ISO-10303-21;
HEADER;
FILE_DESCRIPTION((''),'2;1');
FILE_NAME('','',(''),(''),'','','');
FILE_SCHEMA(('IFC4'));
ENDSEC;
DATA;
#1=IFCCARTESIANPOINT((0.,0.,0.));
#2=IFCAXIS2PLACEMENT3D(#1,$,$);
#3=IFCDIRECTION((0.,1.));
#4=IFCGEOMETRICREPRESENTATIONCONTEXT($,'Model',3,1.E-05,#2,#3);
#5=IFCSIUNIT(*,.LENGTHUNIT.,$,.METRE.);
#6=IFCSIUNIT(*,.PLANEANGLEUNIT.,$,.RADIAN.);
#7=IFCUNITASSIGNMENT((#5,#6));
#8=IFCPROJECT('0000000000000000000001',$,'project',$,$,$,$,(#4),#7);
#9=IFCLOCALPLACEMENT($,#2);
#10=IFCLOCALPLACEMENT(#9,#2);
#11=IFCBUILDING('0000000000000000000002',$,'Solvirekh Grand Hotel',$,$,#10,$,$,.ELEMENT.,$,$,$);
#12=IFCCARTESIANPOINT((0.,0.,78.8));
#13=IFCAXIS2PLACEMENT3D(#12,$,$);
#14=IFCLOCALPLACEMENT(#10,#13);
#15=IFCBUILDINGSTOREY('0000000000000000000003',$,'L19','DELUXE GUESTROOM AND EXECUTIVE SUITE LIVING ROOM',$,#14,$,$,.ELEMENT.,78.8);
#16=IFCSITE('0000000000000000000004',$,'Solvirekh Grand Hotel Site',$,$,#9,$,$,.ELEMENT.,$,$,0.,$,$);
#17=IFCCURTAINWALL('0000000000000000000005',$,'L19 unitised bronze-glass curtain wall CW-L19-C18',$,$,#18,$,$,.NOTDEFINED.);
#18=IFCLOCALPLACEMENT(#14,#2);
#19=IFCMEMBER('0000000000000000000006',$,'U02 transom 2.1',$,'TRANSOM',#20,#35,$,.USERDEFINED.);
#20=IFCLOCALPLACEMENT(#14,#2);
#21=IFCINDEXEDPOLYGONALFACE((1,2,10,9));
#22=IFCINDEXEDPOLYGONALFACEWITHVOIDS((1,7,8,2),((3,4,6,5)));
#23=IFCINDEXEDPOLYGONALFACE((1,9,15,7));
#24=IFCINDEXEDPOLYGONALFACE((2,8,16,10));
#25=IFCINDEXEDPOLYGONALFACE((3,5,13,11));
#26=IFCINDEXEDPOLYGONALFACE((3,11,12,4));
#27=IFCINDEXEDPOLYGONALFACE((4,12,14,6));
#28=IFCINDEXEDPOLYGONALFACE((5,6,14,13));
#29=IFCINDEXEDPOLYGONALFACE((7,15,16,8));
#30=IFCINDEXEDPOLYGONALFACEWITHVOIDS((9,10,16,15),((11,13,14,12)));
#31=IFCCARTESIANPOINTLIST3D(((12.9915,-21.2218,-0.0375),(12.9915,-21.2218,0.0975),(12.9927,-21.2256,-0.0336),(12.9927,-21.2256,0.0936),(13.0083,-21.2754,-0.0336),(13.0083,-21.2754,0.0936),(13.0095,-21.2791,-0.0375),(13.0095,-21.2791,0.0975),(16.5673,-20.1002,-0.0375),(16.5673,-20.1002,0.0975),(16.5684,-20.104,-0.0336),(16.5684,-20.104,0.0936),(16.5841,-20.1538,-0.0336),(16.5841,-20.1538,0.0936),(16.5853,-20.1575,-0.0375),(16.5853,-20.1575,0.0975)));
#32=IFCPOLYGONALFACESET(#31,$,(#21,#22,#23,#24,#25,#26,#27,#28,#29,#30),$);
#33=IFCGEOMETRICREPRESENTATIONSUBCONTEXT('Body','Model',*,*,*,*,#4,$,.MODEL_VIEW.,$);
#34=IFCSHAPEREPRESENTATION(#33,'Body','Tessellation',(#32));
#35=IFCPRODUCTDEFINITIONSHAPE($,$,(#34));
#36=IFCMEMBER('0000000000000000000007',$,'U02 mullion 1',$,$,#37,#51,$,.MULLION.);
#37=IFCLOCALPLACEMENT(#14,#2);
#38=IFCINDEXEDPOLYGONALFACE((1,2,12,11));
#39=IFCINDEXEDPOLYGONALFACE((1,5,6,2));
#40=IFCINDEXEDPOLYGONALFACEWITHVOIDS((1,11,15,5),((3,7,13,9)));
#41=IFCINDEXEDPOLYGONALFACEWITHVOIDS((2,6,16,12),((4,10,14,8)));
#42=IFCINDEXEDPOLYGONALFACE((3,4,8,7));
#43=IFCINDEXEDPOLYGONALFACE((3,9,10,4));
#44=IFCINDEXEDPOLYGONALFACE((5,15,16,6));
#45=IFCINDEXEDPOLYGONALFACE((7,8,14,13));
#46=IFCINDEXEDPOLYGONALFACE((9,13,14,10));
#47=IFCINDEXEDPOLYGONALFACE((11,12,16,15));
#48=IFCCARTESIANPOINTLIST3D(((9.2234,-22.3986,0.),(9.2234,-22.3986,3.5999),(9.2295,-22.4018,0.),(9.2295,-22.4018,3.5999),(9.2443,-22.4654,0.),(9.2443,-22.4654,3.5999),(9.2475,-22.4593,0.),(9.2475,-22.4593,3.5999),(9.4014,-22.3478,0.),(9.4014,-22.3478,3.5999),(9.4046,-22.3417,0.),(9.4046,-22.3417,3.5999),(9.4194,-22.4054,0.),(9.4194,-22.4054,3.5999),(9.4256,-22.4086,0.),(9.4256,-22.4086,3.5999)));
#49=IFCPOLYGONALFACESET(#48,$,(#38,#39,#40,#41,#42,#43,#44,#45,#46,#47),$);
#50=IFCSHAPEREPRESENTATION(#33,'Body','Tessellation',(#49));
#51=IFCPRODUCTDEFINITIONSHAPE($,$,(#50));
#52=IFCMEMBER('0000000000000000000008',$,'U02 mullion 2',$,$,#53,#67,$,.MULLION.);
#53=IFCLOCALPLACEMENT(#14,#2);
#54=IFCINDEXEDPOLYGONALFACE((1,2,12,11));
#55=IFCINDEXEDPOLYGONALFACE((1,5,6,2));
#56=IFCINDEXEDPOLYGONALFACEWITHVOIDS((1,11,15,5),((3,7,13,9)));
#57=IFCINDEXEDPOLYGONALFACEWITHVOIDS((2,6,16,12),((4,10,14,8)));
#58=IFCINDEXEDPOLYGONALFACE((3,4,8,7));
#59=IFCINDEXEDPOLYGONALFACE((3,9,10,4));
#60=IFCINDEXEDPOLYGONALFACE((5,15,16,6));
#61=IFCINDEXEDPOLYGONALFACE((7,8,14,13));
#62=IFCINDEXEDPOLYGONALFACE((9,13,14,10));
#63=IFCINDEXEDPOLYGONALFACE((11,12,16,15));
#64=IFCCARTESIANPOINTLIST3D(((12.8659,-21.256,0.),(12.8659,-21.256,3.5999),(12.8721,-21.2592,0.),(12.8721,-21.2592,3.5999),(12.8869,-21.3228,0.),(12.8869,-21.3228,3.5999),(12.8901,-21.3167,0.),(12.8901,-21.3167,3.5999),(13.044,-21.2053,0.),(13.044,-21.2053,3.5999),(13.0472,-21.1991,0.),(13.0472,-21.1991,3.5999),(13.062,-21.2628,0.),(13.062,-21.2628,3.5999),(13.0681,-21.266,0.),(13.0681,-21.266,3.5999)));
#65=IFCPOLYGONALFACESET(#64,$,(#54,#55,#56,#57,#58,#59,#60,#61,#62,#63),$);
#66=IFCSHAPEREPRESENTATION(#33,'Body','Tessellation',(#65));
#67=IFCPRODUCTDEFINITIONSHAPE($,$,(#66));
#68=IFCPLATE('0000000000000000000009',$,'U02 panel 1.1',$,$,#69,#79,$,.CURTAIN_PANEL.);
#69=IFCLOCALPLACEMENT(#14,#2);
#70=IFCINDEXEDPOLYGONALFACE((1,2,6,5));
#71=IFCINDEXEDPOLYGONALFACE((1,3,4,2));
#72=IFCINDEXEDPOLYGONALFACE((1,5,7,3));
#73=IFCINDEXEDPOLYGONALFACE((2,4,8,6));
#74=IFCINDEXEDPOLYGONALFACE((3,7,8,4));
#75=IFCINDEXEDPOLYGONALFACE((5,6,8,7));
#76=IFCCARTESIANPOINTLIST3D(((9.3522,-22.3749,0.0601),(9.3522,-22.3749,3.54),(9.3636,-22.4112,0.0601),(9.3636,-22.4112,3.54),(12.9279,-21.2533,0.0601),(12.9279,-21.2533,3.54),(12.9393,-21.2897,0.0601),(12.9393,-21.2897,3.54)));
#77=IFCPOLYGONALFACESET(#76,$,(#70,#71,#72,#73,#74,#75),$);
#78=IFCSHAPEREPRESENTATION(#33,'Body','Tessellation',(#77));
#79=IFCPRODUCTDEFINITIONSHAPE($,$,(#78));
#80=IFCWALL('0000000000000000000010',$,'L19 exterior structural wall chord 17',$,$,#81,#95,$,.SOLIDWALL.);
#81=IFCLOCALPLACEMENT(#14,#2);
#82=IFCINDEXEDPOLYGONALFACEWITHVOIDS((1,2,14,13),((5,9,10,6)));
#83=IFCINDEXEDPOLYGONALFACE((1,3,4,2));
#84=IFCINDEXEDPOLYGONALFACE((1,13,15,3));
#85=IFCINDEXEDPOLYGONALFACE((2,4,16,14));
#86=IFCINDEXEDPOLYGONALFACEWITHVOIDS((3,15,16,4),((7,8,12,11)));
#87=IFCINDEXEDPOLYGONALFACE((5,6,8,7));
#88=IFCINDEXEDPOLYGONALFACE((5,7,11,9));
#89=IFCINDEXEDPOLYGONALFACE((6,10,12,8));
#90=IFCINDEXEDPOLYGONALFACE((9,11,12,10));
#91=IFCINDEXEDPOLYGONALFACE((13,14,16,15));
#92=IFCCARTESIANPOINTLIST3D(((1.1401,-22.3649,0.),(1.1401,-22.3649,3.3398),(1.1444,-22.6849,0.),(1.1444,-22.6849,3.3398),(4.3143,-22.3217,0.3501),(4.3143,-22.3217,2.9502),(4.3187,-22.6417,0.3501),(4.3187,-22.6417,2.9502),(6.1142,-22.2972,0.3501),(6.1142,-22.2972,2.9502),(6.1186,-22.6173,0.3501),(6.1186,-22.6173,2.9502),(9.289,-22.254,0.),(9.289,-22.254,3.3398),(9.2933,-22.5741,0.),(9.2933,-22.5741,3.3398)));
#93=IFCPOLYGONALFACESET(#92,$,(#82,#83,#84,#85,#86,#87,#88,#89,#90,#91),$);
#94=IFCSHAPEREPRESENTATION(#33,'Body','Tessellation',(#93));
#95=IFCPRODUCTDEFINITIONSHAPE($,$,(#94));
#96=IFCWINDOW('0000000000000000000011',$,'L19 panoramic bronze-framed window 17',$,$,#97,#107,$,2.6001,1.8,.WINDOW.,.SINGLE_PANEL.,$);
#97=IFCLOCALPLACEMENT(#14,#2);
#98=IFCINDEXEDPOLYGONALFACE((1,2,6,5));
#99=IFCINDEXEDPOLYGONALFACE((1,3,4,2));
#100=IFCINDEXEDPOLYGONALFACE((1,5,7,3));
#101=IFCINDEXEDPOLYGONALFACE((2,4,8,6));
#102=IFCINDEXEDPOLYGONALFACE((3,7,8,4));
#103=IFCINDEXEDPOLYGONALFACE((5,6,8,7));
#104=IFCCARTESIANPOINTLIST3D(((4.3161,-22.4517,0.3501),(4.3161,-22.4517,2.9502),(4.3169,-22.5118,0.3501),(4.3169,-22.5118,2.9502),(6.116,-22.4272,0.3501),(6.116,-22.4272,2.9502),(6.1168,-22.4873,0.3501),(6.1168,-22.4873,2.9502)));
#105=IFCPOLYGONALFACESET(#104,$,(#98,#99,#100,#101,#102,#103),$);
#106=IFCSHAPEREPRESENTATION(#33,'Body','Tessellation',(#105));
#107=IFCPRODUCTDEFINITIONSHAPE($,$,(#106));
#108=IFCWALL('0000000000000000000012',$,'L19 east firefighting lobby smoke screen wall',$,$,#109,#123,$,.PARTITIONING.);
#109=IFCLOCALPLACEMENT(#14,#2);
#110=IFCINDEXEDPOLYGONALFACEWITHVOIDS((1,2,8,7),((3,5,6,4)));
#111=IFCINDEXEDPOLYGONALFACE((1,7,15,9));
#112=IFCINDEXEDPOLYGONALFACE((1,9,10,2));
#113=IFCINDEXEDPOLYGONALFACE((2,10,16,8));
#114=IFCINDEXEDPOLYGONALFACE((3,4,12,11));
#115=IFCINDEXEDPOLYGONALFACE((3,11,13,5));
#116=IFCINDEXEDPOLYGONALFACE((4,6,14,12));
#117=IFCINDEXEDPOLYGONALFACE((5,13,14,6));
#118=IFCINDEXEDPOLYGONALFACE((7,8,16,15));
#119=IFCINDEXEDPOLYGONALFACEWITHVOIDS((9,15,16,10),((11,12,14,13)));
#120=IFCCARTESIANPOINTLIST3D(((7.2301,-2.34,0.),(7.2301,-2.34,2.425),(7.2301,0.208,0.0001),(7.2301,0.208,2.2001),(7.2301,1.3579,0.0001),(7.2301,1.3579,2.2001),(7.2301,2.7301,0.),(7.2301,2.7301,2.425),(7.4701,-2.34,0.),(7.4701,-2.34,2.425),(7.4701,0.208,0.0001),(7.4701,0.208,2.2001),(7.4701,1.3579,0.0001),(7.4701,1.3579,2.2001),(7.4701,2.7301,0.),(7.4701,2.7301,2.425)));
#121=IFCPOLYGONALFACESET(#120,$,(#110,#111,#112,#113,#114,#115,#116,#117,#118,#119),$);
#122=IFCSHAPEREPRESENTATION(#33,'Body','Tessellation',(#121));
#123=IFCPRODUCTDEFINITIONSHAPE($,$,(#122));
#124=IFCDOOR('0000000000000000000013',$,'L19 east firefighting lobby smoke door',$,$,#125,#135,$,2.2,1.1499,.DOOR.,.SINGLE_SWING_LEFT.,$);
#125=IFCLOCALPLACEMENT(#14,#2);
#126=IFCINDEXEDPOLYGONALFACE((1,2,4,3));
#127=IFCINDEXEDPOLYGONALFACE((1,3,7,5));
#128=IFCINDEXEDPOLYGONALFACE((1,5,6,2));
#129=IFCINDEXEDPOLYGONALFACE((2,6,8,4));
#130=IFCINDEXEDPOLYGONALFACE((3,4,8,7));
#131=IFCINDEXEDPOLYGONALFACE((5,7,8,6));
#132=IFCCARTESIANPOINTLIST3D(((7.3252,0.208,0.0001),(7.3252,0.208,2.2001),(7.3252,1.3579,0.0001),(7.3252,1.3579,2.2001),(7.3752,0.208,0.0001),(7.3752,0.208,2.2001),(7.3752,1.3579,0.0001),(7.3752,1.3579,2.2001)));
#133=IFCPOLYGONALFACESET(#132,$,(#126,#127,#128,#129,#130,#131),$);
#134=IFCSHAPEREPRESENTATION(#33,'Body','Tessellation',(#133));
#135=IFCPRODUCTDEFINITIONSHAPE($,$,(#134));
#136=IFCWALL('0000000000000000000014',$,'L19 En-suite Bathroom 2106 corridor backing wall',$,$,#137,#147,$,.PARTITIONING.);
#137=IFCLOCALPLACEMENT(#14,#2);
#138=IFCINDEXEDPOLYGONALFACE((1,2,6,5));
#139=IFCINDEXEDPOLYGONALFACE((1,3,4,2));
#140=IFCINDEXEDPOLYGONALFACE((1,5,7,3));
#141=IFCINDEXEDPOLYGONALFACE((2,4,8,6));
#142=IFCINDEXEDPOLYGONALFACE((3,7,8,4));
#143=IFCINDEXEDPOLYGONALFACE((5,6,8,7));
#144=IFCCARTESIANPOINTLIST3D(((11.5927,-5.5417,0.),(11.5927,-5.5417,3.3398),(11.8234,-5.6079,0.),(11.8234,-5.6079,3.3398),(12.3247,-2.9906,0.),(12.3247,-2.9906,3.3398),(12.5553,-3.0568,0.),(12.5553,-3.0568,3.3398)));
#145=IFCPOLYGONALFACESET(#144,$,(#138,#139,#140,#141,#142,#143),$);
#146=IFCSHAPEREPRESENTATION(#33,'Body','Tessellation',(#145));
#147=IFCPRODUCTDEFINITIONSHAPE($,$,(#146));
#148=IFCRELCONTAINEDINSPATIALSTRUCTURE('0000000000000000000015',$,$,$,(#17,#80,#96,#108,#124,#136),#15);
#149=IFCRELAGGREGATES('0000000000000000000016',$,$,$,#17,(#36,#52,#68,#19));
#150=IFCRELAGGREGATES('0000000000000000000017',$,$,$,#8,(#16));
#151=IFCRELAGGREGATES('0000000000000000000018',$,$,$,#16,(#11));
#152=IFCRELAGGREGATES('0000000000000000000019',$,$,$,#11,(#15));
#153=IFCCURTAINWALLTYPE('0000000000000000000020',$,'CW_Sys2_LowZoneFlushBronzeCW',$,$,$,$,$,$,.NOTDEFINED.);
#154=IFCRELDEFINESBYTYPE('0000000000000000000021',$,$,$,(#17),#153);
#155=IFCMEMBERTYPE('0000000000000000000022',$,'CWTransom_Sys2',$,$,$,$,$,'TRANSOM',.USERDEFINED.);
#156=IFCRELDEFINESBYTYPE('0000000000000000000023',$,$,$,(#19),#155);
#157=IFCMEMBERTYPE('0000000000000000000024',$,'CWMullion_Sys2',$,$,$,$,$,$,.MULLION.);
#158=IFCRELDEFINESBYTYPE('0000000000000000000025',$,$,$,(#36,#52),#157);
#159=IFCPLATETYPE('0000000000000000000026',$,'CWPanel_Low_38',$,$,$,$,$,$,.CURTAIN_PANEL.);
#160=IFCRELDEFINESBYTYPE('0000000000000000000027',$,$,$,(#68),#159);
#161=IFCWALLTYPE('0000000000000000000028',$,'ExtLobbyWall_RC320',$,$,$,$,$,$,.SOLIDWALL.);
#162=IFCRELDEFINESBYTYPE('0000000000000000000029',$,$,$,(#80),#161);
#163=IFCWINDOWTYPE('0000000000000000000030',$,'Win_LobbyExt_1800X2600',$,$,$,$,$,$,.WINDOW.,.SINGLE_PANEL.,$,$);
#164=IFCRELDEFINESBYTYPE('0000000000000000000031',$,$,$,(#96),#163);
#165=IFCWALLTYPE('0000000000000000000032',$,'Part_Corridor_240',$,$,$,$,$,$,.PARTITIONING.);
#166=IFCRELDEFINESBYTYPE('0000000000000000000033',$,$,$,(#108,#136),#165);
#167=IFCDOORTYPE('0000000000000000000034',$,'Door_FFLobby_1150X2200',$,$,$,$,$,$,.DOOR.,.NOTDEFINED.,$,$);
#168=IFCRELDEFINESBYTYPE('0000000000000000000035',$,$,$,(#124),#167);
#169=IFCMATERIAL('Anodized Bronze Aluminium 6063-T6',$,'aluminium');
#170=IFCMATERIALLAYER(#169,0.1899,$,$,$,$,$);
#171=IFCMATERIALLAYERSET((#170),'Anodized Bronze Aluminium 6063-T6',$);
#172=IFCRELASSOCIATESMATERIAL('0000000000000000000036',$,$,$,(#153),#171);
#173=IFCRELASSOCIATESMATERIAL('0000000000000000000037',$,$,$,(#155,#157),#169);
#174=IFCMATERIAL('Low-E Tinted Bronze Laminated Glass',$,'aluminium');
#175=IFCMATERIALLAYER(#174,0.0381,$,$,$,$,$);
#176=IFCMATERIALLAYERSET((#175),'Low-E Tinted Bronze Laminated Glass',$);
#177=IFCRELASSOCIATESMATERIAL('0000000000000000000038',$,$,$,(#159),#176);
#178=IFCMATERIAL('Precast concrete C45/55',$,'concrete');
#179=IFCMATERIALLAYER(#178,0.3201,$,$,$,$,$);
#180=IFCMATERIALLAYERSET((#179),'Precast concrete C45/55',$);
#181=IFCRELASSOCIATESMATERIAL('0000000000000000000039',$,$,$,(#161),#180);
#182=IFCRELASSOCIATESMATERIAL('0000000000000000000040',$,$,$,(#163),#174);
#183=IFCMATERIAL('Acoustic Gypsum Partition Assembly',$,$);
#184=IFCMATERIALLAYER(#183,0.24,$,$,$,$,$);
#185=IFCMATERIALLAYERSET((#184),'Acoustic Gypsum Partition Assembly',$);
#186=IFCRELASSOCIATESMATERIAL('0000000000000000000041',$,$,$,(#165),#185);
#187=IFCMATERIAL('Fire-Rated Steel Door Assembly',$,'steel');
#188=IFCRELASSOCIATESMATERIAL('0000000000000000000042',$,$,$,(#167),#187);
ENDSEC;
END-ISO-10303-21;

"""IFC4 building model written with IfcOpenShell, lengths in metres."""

from ifc_helpers import new_model, si_unit, direction, frame, frame_2d, origin, origin_2d, place, context, subcontext, project, spatial, rectangle, hollow_rectangle, extrude, source, transform, mapped, material, layer, layer_set, material_profile, profile_set, type_object, element, fill, aggregate, save


model = new_model("IFC4")

# Units and contexts
model_context = context("Model", 3, precision=1e-05, world=origin(), true_north=direction((0.0, 1.0)))
body_context = subcontext(model_context, "Body", "Model", "MODEL_VIEW")
ifc_project = project(units=[si_unit("LENGTHUNIT", "METRE"), si_unit("PLANEANGLEUNIT", "RADIAN")], contexts=[model_context])

# Site, building, storey
site_placement = place(None, origin())
site = spatial("IfcSite", under=ifc_project, at=site_placement, Name="Solvirekh Grand Hotel Site", CompositionType="ELEMENT", RefElevation=0.0)
building_placement = place(site_placement, origin())
building = spatial("IfcBuilding", under=site, at=building_placement, Name="Solvirekh Grand Hotel", CompositionType="ELEMENT")
storey_placement = place(building_placement, frame((0.0, 0.0, 78.8)))
storey = spatial("IfcBuildingStorey", under=building, at=storey_placement, Name="L19", Description="DELUXE GUESTROOM AND EXECUTIVE SUITE LIVING ROOM", CompositionType="ELEMENT", Elevation=78.8)

# Curtain wall, members, plate
ifc_material_1 = material(Name="Anodized Bronze Aluminium 6063-T6", Category="aluminium")
ifc_layer_1 = layer(ifc_material_1, 0.1899)
ifc_layer_set_1 = layer_set([ifc_layer_1], Name="Anodized Bronze Aluminium 6063-T6")
curtain_wall_type = type_object("IfcCurtainWallType", Name="CW_Sys2_LowZoneFlushBronzeCW", PredefinedType="NOTDEFINED", material=ifc_layer_set_1)
curtain_wall_placement = place(storey_placement, origin())
curtain_wall = element("IfcCurtainWall", 1, at=curtain_wall_placement, inside=storey, type_object=curtain_wall_type, Name="L19 unitised bronze-glass curtain wall CW-L19-C18", PredefinedType="NOTDEFINED")
ifc_material_profile_1 = material_profile(ifc_material_1, hollow_rectangle(XDim=0.0601, YDim=0.135, WallThickness=0.0039, at=origin_2d()), Name="ALU RHS 135X60X4")
ifc_profile_set_1 = profile_set([ifc_material_profile_1], Name="Anodized Bronze Aluminium 6063-T6")
member_type_1 = type_object("IfcMemberType", Name="CWTransom_Sys2", ElementType="TRANSOM", PredefinedType="USERDEFINED", material=ifc_profile_set_1)
shared_shape_1 = source(origin(), body_context, "Body", "SweptSolid", [
    extrude(hollow_rectangle(XDim=0.0601, YDim=0.135, WallThickness=0.0039, at=origin_2d()), origin(), (0.0, 0.0, 1.0), 3.7476),
])
member_1_placement = place(storey_placement, frame((13.0005, -21.2505, 0.03), z_axis=(0.954162, 0.299291, 0.0), x_axis=(-0.299291, 0.954162, 0.0)))
member_1 = element("IfcMember", 2, at=member_1_placement, type_object=member_type_1, Name="U02 transom 2.1", ObjectType="TRANSOM", PredefinedType="USERDEFINED", context=body_context, shape_type="MappedRepresentation", body=[
    mapped(shared_shape_1, transform((0.0, 0.0, 0.0), x_axis=(1.0, 0.0, 0.0), y_axis=(0.0, 1.0, 0.0), z_axis=(0.0, 0.0, 1.0), scale=1.0)),
])
ifc_material_profile_2 = material_profile(ifc_material_1, hollow_rectangle(XDim=0.0701, YDim=0.1899, WallThickness=0.0049, at=origin_2d()), Name="ALU RHS 190X70X5")
ifc_profile_set_2 = profile_set([ifc_material_profile_2], Name="Anodized Bronze Aluminium 6063-T6")
member_type_2 = type_object("IfcMemberType", Name="CWMullion_Sys2", PredefinedType="MULLION", material=ifc_profile_set_2)
shared_shape_2 = source(origin(), body_context, "Body", "SweptSolid", [
    extrude(hollow_rectangle(XDim=0.0701, YDim=0.1899, WallThickness=0.0049, at=origin_2d()), origin(), (0.0, 0.0, 1.0), 3.5999),
])
member_2_placement = place(storey_placement, frame((9.3245, -22.4036, 0.0), z_axis=(0.0, 0.0, 1.0), x_axis=(-0.29928, 0.954165, 0.0)))
member_2 = element("IfcMember", 3, at=member_2_placement, type_object=member_type_2, Name="U02 mullion 1", PredefinedType="MULLION", context=body_context, shape_type="MappedRepresentation", body=[
    mapped(shared_shape_2, transform((0.0, 0.0, 0.0), x_axis=(1.0, 0.0, 0.0), y_axis=(0.0, 1.0, 0.0), z_axis=(0.0, 0.0, 1.0), scale=1.0)),
])
member_3_placement = place(storey_placement, frame((12.967, -21.261, 0.0), z_axis=(0.0, 0.0, 1.0), x_axis=(-0.29928, 0.954165, 0.0)))
member_3 = element("IfcMember", 4, at=member_3_placement, type_object=member_type_2, Name="U02 mullion 2", PredefinedType="MULLION", context=body_context, shape_type="MappedRepresentation", body=[
    mapped(shared_shape_2, transform((0.0, 0.0, 0.0), x_axis=(1.0, 0.0, 0.0), y_axis=(0.0, 1.0, 0.0), z_axis=(0.0, 0.0, 1.0), scale=1.0)),
])
ifc_material_2 = material(Name="Low-E Tinted Bronze Laminated Glass", Category="aluminium")
ifc_layer_2 = layer(ifc_material_2, 0.0381)
ifc_layer_set_2 = layer_set([ifc_layer_2], Name="Low-E Tinted Bronze Laminated Glass")
plate_type = type_object("IfcPlateType", Name="CWPanel_Low_38", PredefinedType="CURTAIN_PANEL", material=ifc_layer_set_2)
shared_shape_3 = source(origin(), body_context, "Body", "SweptSolid", [
    extrude(rectangle(XDim=3.7476, YDim=0.0381, at=origin_2d()), origin(), (0.0, 0.0, 1.0), 3.48),
])
plate_placement = place(storey_placement, frame((11.1458, -21.8323, 0.0601), z_axis=(0.0, 0.0, 1.0), x_axis=(0.954165, 0.29928, 0.0)))
plate = element("IfcPlate", 5, at=plate_placement, type_object=plate_type, Name="U02 panel 1.1", PredefinedType="CURTAIN_PANEL", context=body_context, shape_type="MappedRepresentation", body=[
    mapped(shared_shape_3, transform((0.0, 0.0, 0.0), x_axis=(1.0, 0.0, 0.0), y_axis=(0.0, 1.0, 0.0), z_axis=(0.0, 0.0, 1.0), scale=1.0)),
])
aggregate(curtain_wall, [member_2, member_3, plate, member_1])

# Wall, opening, window
ifc_material_3 = material(Name="Precast concrete C45/55", Category="concrete")
ifc_layer_3 = layer(ifc_material_3, 0.3201)
ifc_layer_set_3 = layer_set([ifc_layer_3], Name="Precast concrete C45/55")
wall_type_1 = type_object("IfcWallType", Name="ExtLobbyWall_RC320", PredefinedType="SOLIDWALL", material=ifc_layer_set_3)
wall_1_placement = place(storey_placement, frame((9.291, -22.4141, 0.0), z_axis=(0.0, 0.0, 1.0), x_axis=(-0.999908, -0.013601, 0.0)))
wall_1 = element("IfcWall", 6, at=wall_1_placement, inside=storey, type_object=wall_type_1, Name="L19 exterior structural wall chord 17", PredefinedType="SOLIDWALL", context=body_context, shape_type="SweptSolid", body=[
    extrude(rectangle(XDim=8.1497, YDim=0.3201, at=frame_2d((4.0747, 0.0))), origin(), (0.0, 0.0, 1.0), 3.3398),
])
opening_1_placement = place(wall_1_placement, frame((3.175, 0.0, 0.3501)))
opening_1 = element("IfcOpeningElement", 7, at=opening_1_placement, cuts=wall_1, PredefinedType="OPENING", context=body_context, shape_type="SweptSolid", body=[
    extrude(rectangle(XDim=1.8, YDim=2.6001, at=frame_2d((0.8999, 1.3))), frame((0.0, 0.1699, 0.0), z_axis=(0.0, -1.0, 0.0), x_axis=(1.0, 0.0, 0.0)), (0.0, 0.0, 1.0), 0.3401),
])
window_type = type_object("IfcWindowType", Name="Win_LobbyExt_1800X2600", PartitioningType="SINGLE_PANEL", PredefinedType="WINDOW", material=ifc_material_2)
window_placement = place(opening_1_placement, origin())
window = element("IfcWindow", 8, at=window_placement, inside=storey, type_object=window_type, Name="L19 panoramic bronze-framed window 17", OverallHeight=2.6001, OverallWidth=1.8, PartitioningType="SINGLE_PANEL", PredefinedType="WINDOW", context=body_context, shape_type="SweptSolid", body=[
    extrude(rectangle(XDim=1.8, YDim=2.6001, at=frame_2d((0.8999, 1.3))), frame((0.0, 0.03, 0.0), z_axis=(0.0, -1.0, 0.0), x_axis=(1.0, 0.0, 0.0)), (0.0, 0.0, 1.0), 0.0601),
])
fill(opening_1, window)

# Wall, opening, door
ifc_material_4 = material(Name="Acoustic Gypsum Partition Assembly")
ifc_layer_4 = layer(ifc_material_4, 0.24)
ifc_layer_set_4 = layer_set([ifc_layer_4], Name="Acoustic Gypsum Partition Assembly")
wall_type_2 = type_object("IfcWallType", Name="Part_Corridor_240", PredefinedType="PARTITIONING", material=ifc_layer_set_4)
wall_2_placement = place(storey_placement, frame((7.3501, -2.3401, 0.0), z_axis=(0.0, 0.0, 1.0), x_axis=(0.0, 1.0, 0.0)))
wall_2 = element("IfcWall", 9, at=wall_2_placement, inside=storey, type_object=wall_type_2, Name="L19 east firefighting lobby smoke screen wall", PredefinedType="PARTITIONING", context=body_context, shape_type="SweptSolid", body=[
    extrude(rectangle(XDim=5.0701, YDim=0.24, at=frame_2d((2.5352, 0.0))), origin(), (0.0, 0.0, 1.0), 2.425),
])
opening_2_placement = place(wall_2_placement, frame((2.5481, 0.0, 0.0)))
opening_2 = element("IfcOpeningElement", 10, at=opening_2_placement, cuts=wall_2, PredefinedType="OPENING", context=body_context, shape_type="SweptSolid", body=[
    extrude(rectangle(XDim=1.1499, YDim=2.2, at=frame_2d((0.575, 1.1001))), frame((0.0, 0.1299, 0.0), z_axis=(0.0, -1.0, 0.0), x_axis=(1.0, 0.0, 0.0)), (0.0, 0.0, 1.0), 0.26),
])
ifc_material_5 = material(Name="Fire-Rated Steel Door Assembly", Category="steel")
door_type_1 = type_object("IfcDoorType", Name="Door_FFLobby_1150X2200", OperationType="NOTDEFINED", PredefinedType="DOOR", material=ifc_material_5)
door_1_placement = place(opening_2_placement, origin())
door_1 = element("IfcDoor", 11, at=door_1_placement, inside=storey, type_object=door_type_1, Name="L19 east firefighting lobby smoke door", OperationType="SINGLE_SWING_LEFT", OverallHeight=2.2, OverallWidth=1.1499, PredefinedType="DOOR", context=body_context, shape_type="SweptSolid", body=[
    extrude(rectangle(XDim=1.1499, YDim=2.2, at=frame_2d((0.575, 1.1001))), frame((0.0, 0.0249, 0.0), z_axis=(0.0, -1.0, 0.0), x_axis=(1.0, 0.0, 0.0)), (0.0, 0.0, 1.0), 0.05),
])
fill(opening_2, door_1)

# Wall
wall_3_placement = place(storey_placement, frame((11.708, -5.575, 0.0), z_axis=(0.0, 0.0, 1.0), x_axis=(0.27579, 0.961218, 0.0)))
element("IfcWall", 12, at=wall_3_placement, inside=storey, type_object=wall_type_2, Name="L19 En-suite Bathroom 2106 corridor backing wall", PredefinedType="PARTITIONING", context=body_context, shape_type="SweptSolid", body=[
    extrude(rectangle(XDim=2.6541, YDim=0.24, at=frame_2d((1.3271, 0.0))), origin(), (0.0, 0.0, 1.0), 3.3398),
])

save(model, "model.ifc")
